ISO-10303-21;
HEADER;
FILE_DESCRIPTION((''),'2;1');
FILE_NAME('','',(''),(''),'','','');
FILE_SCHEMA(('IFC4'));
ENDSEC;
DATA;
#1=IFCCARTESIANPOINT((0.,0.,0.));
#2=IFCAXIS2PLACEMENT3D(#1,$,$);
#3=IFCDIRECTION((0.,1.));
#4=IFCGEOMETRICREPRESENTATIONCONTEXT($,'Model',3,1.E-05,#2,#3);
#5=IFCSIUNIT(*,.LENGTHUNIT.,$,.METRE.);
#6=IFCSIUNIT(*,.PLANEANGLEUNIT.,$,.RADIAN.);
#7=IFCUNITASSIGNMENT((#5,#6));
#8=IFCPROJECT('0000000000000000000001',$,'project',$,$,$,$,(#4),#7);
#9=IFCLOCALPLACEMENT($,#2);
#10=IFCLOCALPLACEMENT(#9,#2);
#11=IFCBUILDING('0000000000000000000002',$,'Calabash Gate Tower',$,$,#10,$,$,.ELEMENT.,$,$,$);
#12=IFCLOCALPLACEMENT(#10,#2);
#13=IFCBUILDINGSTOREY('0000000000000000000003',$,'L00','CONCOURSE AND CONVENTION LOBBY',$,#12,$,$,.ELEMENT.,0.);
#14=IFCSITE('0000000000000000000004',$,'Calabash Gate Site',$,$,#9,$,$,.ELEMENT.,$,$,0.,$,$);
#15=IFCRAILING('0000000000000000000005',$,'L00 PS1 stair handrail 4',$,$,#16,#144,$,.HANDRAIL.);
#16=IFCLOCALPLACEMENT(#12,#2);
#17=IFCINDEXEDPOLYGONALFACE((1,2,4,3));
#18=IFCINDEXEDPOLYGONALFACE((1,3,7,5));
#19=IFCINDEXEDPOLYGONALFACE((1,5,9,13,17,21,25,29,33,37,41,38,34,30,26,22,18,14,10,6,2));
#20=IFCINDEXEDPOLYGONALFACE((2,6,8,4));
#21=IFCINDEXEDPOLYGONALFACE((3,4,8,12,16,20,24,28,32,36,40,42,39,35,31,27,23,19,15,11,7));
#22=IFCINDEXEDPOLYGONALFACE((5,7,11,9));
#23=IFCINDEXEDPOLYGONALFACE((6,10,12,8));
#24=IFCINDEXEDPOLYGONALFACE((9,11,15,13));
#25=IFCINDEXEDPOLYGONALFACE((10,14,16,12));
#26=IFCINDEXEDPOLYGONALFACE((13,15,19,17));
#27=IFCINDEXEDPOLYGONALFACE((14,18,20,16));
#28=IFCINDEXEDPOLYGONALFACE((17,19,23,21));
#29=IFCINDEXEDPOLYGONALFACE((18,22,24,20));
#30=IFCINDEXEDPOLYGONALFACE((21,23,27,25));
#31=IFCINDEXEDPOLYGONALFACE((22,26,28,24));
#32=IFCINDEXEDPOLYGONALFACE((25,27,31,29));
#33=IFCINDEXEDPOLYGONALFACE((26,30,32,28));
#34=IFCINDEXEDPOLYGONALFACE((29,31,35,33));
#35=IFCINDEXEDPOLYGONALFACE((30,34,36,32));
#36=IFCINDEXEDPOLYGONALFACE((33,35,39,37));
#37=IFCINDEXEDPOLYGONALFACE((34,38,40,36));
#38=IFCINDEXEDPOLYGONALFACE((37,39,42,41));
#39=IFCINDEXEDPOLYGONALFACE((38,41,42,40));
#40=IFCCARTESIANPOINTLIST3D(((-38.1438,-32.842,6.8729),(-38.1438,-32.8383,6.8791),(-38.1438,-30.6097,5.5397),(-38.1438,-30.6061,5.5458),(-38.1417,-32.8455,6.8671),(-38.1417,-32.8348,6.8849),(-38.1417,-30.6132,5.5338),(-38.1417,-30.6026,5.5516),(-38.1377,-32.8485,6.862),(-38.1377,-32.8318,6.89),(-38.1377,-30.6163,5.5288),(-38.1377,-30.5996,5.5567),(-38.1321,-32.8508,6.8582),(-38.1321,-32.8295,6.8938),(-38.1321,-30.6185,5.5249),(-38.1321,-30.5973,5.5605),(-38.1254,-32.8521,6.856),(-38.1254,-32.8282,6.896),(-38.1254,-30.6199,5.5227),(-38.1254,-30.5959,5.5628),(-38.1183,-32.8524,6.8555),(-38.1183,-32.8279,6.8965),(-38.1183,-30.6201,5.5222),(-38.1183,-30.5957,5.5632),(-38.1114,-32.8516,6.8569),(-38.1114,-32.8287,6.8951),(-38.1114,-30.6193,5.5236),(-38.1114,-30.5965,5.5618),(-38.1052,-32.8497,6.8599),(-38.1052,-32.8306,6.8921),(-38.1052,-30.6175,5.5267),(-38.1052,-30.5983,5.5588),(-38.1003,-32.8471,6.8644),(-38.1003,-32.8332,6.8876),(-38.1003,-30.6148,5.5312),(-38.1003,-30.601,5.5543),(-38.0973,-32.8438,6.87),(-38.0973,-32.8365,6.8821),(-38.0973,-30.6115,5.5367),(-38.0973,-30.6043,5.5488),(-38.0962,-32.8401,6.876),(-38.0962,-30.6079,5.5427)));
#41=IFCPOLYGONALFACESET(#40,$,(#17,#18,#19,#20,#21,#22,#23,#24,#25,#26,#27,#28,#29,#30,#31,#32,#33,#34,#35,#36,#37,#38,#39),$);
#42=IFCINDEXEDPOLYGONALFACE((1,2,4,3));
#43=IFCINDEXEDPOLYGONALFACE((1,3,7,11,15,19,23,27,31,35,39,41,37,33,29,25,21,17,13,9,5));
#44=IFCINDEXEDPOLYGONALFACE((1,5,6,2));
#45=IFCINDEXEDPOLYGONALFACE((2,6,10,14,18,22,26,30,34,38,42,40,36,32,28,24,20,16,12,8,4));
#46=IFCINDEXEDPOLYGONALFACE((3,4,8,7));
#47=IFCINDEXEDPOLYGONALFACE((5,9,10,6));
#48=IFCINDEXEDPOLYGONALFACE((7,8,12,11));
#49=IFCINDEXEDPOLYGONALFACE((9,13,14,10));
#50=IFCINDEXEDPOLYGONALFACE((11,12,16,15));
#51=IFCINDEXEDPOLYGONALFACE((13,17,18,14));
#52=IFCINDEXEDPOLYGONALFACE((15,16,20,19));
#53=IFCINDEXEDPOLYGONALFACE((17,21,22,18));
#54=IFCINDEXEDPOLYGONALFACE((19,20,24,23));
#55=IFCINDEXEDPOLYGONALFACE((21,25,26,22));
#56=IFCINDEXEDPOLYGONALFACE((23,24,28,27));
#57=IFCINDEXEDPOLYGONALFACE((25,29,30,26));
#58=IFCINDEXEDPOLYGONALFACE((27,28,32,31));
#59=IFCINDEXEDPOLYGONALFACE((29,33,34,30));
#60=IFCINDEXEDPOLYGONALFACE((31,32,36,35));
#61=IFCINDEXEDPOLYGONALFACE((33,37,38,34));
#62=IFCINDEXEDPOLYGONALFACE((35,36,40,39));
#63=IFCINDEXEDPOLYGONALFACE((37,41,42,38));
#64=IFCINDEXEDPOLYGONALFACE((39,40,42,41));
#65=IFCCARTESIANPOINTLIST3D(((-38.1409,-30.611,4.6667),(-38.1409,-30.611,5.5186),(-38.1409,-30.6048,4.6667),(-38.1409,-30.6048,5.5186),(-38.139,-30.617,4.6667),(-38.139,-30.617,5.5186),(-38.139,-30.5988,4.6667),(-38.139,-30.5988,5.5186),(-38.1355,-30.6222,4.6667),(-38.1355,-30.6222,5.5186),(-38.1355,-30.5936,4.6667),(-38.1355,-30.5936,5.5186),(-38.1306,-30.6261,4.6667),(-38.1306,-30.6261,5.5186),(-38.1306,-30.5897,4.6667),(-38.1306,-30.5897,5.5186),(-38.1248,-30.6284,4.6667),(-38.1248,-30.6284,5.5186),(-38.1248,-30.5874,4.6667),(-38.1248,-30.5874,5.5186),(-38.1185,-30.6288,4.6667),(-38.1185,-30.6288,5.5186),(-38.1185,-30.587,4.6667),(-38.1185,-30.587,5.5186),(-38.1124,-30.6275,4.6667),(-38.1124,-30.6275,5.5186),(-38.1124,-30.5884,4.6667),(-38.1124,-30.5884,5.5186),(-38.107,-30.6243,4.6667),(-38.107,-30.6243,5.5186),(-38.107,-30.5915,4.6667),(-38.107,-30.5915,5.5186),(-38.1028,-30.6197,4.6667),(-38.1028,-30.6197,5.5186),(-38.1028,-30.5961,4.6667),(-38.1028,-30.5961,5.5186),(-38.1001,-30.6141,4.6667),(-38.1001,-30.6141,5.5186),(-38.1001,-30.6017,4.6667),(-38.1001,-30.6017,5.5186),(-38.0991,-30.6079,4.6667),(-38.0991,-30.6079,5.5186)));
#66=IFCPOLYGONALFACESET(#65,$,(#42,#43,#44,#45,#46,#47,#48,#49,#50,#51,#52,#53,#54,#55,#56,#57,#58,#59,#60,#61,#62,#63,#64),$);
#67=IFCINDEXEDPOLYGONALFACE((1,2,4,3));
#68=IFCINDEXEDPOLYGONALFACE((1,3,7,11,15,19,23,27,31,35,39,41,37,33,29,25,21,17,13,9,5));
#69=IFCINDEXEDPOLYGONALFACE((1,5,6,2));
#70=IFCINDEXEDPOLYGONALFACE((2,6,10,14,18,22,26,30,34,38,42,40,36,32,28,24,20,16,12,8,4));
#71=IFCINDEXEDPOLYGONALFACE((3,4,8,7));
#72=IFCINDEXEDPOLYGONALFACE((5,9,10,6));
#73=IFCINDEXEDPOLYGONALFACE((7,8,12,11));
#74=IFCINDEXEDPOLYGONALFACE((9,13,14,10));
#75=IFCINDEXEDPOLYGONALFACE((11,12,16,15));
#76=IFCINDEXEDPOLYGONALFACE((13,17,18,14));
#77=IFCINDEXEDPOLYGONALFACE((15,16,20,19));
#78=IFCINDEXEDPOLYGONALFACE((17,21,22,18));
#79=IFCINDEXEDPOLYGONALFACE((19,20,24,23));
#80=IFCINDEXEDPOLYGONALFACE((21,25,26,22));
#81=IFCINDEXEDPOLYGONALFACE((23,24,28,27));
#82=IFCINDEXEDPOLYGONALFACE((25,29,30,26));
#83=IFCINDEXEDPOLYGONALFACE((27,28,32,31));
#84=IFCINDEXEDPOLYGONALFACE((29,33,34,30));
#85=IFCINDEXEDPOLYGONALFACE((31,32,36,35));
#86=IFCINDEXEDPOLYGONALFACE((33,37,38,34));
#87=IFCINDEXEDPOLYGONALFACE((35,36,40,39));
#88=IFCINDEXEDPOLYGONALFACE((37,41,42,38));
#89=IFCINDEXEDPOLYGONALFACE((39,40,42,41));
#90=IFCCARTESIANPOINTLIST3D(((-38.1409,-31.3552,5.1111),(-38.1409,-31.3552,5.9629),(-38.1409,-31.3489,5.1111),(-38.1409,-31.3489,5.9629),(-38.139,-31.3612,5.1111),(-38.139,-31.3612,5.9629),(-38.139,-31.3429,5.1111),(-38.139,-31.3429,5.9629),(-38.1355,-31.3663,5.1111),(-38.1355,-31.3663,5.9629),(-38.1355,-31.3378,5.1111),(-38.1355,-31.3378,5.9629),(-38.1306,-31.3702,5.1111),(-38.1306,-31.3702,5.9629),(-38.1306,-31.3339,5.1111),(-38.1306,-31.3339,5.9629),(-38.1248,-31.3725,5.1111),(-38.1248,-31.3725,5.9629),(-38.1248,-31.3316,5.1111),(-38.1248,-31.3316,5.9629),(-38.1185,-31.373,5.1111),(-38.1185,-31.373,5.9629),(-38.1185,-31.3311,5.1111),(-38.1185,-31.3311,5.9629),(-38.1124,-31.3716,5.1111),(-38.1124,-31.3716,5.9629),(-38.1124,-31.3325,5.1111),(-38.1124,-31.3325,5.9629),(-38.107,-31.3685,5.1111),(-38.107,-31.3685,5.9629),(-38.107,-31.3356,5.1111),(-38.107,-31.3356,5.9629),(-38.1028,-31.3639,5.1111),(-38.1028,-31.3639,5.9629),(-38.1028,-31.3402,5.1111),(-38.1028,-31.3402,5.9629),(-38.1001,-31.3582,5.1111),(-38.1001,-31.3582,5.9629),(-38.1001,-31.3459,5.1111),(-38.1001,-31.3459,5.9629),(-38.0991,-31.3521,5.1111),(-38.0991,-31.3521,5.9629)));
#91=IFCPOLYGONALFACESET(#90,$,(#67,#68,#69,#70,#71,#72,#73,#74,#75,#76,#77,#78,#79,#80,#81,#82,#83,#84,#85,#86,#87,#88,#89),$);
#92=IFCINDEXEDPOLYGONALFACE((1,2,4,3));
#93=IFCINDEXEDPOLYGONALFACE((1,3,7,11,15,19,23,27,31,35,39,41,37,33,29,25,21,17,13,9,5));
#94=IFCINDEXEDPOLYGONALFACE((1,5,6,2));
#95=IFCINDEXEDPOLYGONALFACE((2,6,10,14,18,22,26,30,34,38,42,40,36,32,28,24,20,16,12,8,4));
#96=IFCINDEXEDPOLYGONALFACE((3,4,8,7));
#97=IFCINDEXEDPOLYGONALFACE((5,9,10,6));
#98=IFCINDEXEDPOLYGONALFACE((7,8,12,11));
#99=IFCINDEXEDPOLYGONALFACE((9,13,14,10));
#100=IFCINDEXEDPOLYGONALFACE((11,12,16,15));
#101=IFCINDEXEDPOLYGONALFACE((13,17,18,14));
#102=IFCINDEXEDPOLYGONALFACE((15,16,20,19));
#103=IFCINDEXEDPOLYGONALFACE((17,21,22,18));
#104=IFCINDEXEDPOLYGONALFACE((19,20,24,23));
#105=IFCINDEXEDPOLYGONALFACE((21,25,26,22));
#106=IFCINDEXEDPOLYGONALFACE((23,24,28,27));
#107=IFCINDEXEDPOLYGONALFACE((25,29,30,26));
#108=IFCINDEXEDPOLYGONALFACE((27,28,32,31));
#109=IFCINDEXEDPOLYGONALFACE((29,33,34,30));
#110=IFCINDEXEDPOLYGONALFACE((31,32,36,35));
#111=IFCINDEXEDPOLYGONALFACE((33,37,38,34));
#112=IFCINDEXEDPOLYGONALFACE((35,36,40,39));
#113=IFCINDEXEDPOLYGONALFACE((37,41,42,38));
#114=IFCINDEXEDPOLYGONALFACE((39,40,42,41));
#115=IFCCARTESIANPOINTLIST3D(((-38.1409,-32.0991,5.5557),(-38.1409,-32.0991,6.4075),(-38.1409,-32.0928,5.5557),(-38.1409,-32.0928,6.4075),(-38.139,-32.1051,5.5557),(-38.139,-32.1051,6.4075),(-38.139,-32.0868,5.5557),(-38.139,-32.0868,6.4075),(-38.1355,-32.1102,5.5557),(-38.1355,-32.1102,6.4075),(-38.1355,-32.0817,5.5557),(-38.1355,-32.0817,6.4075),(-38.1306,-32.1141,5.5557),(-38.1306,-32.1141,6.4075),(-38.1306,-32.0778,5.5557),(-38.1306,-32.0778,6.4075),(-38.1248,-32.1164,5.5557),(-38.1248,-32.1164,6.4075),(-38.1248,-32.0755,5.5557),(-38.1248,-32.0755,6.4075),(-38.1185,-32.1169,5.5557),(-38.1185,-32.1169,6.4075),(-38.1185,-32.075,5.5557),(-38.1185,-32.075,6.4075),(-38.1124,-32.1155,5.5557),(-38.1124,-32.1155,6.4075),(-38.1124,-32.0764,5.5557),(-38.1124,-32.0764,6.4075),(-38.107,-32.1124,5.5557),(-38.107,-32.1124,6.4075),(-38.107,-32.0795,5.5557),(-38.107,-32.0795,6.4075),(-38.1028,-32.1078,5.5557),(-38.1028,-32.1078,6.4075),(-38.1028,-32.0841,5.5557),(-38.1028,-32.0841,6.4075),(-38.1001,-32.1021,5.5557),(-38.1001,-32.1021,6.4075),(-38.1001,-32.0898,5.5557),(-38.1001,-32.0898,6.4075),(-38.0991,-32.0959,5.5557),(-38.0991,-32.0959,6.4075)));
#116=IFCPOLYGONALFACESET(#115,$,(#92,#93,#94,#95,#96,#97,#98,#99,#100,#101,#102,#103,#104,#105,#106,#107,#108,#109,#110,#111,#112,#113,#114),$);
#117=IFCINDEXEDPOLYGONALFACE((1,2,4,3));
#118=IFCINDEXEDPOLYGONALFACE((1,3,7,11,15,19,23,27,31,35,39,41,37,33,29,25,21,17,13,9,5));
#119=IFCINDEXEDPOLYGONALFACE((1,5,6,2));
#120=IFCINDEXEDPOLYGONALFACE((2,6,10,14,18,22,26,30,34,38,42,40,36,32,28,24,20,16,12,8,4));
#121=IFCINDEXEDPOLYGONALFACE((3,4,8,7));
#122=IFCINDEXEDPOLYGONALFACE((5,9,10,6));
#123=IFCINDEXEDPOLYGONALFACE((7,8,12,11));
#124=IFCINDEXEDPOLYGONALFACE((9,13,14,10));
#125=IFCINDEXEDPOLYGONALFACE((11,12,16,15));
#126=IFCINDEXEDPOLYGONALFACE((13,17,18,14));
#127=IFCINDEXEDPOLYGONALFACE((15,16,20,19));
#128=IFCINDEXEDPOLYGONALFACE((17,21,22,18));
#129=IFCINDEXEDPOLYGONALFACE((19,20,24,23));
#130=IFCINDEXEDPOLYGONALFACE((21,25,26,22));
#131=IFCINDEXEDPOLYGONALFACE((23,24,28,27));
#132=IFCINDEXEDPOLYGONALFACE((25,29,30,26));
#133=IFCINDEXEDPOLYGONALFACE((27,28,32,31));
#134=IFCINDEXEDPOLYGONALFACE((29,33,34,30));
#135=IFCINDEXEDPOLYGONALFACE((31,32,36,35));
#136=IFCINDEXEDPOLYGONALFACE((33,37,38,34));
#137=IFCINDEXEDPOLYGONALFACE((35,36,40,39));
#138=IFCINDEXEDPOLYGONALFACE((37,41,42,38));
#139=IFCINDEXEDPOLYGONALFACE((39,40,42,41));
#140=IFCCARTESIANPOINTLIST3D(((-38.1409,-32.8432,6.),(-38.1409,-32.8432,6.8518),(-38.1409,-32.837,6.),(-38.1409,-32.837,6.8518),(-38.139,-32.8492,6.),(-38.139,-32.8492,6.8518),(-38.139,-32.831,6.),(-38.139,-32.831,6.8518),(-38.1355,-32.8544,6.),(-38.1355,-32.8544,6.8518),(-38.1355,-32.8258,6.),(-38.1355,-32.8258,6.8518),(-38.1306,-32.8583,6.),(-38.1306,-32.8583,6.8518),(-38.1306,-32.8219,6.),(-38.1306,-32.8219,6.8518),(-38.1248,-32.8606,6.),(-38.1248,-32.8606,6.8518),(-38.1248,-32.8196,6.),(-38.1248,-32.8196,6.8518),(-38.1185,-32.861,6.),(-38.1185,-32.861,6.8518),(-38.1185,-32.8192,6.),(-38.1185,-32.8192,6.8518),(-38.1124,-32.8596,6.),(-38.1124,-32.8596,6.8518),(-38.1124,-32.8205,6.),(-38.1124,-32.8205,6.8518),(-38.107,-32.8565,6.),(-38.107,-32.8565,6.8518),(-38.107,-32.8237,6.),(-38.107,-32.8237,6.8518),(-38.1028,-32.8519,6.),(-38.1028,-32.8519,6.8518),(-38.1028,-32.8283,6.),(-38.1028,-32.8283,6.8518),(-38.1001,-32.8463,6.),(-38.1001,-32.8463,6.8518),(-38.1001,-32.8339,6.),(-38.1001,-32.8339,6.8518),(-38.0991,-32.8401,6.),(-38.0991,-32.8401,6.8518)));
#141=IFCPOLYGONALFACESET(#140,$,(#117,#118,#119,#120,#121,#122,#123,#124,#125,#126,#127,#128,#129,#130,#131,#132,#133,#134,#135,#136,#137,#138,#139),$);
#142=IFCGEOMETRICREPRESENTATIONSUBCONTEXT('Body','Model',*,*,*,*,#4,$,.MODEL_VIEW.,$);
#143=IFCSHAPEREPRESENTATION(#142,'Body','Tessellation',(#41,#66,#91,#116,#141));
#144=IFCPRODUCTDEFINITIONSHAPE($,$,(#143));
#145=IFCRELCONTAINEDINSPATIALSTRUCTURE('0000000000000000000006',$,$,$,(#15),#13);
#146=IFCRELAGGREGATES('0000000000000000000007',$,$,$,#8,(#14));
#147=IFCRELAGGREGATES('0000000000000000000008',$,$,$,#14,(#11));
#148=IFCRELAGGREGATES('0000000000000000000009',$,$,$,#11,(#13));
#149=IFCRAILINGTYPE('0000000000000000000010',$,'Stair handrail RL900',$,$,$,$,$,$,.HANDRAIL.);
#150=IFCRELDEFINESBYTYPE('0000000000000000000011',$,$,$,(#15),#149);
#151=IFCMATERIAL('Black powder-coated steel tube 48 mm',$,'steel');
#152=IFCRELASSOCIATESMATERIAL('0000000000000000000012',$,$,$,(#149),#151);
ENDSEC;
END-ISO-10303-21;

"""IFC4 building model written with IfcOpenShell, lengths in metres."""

from ifc_helpers import new_model, si_unit, direction, frame, origin, origin_2d, place, context, subcontext, project, spatial, circle, extrude, material, type_object, element, save


model = new_model("IFC4")

# Units and contexts
model_context = context("Model", 3, precision=1e-05, world=origin(), true_north=direction((0.0, 1.0)))
body_context = subcontext(model_context, "Body", "Model", "MODEL_VIEW")
ifc_project = project(units=[si_unit("LENGTHUNIT", "METRE"), si_unit("PLANEANGLEUNIT", "RADIAN")], contexts=[model_context])

# Site, building, storey
site_placement = place(None, origin())
site = spatial("IfcSite", under=ifc_project, at=site_placement, Name="Calabash Gate Site", CompositionType="ELEMENT", RefElevation=0.0)
building_placement = place(site_placement, origin())
building = spatial("IfcBuilding", under=site, at=building_placement, Name="Calabash Gate Tower", CompositionType="ELEMENT")
storey_placement = place(building_placement, origin())
storey = spatial("IfcBuildingStorey", under=building, at=storey_placement, Name="L00", Description="CONCOURSE AND CONVENTION LOBBY", CompositionType="ELEMENT", Elevation=0.0)

# Railing
ifc_material_1 = material(Name="Black powder-coated steel tube 48 mm", Category="steel")
railing_type_1 = type_object("IfcRailingType", Name="Stair handrail RL900", PredefinedType="HANDRAIL", material=ifc_material_1)
for number, where, name in (
    (1, (-38.1201, -30.6079, 4.6667), "L00 PS1 stair handrail 4"),
):
    element("IfcRailing", number, at=place(storey_placement, frame(where)), inside=storey, type_object=railing_type_1, Name=name, PredefinedType="HANDRAIL", context=body_context, shape_type="SweptSolid", body=[
        extrude(circle(Radius=0.0239, at=origin_2d()), frame((0.0, 0.0, 0.876), z_axis=(0.0, -0.858519, 0.512782), x_axis=(1.0, 0.0, 0.0)), (0.0, 0.0, 1.0), 2.6001),
        extrude(circle(Radius=0.021, at=origin_2d()), origin(), (0.0, 0.0, 1.0), 0.8518),
        extrude(circle(Radius=0.021, at=origin_2d()), frame((0.0, -0.7441, 0.4443)), (0.0, 0.0, 1.0), 0.8518),
        extrude(circle(Radius=0.021, at=origin_2d()), frame((0.0, -1.488, 0.8889)), (0.0, 0.0, 1.0), 0.8518),
        extrude(circle(Radius=0.021, at=origin_2d()), frame((0.0, -2.2322, 1.3333)), (0.0, 0.0, 1.0), 0.8518),
    ])

save(model, "model.ifc")
